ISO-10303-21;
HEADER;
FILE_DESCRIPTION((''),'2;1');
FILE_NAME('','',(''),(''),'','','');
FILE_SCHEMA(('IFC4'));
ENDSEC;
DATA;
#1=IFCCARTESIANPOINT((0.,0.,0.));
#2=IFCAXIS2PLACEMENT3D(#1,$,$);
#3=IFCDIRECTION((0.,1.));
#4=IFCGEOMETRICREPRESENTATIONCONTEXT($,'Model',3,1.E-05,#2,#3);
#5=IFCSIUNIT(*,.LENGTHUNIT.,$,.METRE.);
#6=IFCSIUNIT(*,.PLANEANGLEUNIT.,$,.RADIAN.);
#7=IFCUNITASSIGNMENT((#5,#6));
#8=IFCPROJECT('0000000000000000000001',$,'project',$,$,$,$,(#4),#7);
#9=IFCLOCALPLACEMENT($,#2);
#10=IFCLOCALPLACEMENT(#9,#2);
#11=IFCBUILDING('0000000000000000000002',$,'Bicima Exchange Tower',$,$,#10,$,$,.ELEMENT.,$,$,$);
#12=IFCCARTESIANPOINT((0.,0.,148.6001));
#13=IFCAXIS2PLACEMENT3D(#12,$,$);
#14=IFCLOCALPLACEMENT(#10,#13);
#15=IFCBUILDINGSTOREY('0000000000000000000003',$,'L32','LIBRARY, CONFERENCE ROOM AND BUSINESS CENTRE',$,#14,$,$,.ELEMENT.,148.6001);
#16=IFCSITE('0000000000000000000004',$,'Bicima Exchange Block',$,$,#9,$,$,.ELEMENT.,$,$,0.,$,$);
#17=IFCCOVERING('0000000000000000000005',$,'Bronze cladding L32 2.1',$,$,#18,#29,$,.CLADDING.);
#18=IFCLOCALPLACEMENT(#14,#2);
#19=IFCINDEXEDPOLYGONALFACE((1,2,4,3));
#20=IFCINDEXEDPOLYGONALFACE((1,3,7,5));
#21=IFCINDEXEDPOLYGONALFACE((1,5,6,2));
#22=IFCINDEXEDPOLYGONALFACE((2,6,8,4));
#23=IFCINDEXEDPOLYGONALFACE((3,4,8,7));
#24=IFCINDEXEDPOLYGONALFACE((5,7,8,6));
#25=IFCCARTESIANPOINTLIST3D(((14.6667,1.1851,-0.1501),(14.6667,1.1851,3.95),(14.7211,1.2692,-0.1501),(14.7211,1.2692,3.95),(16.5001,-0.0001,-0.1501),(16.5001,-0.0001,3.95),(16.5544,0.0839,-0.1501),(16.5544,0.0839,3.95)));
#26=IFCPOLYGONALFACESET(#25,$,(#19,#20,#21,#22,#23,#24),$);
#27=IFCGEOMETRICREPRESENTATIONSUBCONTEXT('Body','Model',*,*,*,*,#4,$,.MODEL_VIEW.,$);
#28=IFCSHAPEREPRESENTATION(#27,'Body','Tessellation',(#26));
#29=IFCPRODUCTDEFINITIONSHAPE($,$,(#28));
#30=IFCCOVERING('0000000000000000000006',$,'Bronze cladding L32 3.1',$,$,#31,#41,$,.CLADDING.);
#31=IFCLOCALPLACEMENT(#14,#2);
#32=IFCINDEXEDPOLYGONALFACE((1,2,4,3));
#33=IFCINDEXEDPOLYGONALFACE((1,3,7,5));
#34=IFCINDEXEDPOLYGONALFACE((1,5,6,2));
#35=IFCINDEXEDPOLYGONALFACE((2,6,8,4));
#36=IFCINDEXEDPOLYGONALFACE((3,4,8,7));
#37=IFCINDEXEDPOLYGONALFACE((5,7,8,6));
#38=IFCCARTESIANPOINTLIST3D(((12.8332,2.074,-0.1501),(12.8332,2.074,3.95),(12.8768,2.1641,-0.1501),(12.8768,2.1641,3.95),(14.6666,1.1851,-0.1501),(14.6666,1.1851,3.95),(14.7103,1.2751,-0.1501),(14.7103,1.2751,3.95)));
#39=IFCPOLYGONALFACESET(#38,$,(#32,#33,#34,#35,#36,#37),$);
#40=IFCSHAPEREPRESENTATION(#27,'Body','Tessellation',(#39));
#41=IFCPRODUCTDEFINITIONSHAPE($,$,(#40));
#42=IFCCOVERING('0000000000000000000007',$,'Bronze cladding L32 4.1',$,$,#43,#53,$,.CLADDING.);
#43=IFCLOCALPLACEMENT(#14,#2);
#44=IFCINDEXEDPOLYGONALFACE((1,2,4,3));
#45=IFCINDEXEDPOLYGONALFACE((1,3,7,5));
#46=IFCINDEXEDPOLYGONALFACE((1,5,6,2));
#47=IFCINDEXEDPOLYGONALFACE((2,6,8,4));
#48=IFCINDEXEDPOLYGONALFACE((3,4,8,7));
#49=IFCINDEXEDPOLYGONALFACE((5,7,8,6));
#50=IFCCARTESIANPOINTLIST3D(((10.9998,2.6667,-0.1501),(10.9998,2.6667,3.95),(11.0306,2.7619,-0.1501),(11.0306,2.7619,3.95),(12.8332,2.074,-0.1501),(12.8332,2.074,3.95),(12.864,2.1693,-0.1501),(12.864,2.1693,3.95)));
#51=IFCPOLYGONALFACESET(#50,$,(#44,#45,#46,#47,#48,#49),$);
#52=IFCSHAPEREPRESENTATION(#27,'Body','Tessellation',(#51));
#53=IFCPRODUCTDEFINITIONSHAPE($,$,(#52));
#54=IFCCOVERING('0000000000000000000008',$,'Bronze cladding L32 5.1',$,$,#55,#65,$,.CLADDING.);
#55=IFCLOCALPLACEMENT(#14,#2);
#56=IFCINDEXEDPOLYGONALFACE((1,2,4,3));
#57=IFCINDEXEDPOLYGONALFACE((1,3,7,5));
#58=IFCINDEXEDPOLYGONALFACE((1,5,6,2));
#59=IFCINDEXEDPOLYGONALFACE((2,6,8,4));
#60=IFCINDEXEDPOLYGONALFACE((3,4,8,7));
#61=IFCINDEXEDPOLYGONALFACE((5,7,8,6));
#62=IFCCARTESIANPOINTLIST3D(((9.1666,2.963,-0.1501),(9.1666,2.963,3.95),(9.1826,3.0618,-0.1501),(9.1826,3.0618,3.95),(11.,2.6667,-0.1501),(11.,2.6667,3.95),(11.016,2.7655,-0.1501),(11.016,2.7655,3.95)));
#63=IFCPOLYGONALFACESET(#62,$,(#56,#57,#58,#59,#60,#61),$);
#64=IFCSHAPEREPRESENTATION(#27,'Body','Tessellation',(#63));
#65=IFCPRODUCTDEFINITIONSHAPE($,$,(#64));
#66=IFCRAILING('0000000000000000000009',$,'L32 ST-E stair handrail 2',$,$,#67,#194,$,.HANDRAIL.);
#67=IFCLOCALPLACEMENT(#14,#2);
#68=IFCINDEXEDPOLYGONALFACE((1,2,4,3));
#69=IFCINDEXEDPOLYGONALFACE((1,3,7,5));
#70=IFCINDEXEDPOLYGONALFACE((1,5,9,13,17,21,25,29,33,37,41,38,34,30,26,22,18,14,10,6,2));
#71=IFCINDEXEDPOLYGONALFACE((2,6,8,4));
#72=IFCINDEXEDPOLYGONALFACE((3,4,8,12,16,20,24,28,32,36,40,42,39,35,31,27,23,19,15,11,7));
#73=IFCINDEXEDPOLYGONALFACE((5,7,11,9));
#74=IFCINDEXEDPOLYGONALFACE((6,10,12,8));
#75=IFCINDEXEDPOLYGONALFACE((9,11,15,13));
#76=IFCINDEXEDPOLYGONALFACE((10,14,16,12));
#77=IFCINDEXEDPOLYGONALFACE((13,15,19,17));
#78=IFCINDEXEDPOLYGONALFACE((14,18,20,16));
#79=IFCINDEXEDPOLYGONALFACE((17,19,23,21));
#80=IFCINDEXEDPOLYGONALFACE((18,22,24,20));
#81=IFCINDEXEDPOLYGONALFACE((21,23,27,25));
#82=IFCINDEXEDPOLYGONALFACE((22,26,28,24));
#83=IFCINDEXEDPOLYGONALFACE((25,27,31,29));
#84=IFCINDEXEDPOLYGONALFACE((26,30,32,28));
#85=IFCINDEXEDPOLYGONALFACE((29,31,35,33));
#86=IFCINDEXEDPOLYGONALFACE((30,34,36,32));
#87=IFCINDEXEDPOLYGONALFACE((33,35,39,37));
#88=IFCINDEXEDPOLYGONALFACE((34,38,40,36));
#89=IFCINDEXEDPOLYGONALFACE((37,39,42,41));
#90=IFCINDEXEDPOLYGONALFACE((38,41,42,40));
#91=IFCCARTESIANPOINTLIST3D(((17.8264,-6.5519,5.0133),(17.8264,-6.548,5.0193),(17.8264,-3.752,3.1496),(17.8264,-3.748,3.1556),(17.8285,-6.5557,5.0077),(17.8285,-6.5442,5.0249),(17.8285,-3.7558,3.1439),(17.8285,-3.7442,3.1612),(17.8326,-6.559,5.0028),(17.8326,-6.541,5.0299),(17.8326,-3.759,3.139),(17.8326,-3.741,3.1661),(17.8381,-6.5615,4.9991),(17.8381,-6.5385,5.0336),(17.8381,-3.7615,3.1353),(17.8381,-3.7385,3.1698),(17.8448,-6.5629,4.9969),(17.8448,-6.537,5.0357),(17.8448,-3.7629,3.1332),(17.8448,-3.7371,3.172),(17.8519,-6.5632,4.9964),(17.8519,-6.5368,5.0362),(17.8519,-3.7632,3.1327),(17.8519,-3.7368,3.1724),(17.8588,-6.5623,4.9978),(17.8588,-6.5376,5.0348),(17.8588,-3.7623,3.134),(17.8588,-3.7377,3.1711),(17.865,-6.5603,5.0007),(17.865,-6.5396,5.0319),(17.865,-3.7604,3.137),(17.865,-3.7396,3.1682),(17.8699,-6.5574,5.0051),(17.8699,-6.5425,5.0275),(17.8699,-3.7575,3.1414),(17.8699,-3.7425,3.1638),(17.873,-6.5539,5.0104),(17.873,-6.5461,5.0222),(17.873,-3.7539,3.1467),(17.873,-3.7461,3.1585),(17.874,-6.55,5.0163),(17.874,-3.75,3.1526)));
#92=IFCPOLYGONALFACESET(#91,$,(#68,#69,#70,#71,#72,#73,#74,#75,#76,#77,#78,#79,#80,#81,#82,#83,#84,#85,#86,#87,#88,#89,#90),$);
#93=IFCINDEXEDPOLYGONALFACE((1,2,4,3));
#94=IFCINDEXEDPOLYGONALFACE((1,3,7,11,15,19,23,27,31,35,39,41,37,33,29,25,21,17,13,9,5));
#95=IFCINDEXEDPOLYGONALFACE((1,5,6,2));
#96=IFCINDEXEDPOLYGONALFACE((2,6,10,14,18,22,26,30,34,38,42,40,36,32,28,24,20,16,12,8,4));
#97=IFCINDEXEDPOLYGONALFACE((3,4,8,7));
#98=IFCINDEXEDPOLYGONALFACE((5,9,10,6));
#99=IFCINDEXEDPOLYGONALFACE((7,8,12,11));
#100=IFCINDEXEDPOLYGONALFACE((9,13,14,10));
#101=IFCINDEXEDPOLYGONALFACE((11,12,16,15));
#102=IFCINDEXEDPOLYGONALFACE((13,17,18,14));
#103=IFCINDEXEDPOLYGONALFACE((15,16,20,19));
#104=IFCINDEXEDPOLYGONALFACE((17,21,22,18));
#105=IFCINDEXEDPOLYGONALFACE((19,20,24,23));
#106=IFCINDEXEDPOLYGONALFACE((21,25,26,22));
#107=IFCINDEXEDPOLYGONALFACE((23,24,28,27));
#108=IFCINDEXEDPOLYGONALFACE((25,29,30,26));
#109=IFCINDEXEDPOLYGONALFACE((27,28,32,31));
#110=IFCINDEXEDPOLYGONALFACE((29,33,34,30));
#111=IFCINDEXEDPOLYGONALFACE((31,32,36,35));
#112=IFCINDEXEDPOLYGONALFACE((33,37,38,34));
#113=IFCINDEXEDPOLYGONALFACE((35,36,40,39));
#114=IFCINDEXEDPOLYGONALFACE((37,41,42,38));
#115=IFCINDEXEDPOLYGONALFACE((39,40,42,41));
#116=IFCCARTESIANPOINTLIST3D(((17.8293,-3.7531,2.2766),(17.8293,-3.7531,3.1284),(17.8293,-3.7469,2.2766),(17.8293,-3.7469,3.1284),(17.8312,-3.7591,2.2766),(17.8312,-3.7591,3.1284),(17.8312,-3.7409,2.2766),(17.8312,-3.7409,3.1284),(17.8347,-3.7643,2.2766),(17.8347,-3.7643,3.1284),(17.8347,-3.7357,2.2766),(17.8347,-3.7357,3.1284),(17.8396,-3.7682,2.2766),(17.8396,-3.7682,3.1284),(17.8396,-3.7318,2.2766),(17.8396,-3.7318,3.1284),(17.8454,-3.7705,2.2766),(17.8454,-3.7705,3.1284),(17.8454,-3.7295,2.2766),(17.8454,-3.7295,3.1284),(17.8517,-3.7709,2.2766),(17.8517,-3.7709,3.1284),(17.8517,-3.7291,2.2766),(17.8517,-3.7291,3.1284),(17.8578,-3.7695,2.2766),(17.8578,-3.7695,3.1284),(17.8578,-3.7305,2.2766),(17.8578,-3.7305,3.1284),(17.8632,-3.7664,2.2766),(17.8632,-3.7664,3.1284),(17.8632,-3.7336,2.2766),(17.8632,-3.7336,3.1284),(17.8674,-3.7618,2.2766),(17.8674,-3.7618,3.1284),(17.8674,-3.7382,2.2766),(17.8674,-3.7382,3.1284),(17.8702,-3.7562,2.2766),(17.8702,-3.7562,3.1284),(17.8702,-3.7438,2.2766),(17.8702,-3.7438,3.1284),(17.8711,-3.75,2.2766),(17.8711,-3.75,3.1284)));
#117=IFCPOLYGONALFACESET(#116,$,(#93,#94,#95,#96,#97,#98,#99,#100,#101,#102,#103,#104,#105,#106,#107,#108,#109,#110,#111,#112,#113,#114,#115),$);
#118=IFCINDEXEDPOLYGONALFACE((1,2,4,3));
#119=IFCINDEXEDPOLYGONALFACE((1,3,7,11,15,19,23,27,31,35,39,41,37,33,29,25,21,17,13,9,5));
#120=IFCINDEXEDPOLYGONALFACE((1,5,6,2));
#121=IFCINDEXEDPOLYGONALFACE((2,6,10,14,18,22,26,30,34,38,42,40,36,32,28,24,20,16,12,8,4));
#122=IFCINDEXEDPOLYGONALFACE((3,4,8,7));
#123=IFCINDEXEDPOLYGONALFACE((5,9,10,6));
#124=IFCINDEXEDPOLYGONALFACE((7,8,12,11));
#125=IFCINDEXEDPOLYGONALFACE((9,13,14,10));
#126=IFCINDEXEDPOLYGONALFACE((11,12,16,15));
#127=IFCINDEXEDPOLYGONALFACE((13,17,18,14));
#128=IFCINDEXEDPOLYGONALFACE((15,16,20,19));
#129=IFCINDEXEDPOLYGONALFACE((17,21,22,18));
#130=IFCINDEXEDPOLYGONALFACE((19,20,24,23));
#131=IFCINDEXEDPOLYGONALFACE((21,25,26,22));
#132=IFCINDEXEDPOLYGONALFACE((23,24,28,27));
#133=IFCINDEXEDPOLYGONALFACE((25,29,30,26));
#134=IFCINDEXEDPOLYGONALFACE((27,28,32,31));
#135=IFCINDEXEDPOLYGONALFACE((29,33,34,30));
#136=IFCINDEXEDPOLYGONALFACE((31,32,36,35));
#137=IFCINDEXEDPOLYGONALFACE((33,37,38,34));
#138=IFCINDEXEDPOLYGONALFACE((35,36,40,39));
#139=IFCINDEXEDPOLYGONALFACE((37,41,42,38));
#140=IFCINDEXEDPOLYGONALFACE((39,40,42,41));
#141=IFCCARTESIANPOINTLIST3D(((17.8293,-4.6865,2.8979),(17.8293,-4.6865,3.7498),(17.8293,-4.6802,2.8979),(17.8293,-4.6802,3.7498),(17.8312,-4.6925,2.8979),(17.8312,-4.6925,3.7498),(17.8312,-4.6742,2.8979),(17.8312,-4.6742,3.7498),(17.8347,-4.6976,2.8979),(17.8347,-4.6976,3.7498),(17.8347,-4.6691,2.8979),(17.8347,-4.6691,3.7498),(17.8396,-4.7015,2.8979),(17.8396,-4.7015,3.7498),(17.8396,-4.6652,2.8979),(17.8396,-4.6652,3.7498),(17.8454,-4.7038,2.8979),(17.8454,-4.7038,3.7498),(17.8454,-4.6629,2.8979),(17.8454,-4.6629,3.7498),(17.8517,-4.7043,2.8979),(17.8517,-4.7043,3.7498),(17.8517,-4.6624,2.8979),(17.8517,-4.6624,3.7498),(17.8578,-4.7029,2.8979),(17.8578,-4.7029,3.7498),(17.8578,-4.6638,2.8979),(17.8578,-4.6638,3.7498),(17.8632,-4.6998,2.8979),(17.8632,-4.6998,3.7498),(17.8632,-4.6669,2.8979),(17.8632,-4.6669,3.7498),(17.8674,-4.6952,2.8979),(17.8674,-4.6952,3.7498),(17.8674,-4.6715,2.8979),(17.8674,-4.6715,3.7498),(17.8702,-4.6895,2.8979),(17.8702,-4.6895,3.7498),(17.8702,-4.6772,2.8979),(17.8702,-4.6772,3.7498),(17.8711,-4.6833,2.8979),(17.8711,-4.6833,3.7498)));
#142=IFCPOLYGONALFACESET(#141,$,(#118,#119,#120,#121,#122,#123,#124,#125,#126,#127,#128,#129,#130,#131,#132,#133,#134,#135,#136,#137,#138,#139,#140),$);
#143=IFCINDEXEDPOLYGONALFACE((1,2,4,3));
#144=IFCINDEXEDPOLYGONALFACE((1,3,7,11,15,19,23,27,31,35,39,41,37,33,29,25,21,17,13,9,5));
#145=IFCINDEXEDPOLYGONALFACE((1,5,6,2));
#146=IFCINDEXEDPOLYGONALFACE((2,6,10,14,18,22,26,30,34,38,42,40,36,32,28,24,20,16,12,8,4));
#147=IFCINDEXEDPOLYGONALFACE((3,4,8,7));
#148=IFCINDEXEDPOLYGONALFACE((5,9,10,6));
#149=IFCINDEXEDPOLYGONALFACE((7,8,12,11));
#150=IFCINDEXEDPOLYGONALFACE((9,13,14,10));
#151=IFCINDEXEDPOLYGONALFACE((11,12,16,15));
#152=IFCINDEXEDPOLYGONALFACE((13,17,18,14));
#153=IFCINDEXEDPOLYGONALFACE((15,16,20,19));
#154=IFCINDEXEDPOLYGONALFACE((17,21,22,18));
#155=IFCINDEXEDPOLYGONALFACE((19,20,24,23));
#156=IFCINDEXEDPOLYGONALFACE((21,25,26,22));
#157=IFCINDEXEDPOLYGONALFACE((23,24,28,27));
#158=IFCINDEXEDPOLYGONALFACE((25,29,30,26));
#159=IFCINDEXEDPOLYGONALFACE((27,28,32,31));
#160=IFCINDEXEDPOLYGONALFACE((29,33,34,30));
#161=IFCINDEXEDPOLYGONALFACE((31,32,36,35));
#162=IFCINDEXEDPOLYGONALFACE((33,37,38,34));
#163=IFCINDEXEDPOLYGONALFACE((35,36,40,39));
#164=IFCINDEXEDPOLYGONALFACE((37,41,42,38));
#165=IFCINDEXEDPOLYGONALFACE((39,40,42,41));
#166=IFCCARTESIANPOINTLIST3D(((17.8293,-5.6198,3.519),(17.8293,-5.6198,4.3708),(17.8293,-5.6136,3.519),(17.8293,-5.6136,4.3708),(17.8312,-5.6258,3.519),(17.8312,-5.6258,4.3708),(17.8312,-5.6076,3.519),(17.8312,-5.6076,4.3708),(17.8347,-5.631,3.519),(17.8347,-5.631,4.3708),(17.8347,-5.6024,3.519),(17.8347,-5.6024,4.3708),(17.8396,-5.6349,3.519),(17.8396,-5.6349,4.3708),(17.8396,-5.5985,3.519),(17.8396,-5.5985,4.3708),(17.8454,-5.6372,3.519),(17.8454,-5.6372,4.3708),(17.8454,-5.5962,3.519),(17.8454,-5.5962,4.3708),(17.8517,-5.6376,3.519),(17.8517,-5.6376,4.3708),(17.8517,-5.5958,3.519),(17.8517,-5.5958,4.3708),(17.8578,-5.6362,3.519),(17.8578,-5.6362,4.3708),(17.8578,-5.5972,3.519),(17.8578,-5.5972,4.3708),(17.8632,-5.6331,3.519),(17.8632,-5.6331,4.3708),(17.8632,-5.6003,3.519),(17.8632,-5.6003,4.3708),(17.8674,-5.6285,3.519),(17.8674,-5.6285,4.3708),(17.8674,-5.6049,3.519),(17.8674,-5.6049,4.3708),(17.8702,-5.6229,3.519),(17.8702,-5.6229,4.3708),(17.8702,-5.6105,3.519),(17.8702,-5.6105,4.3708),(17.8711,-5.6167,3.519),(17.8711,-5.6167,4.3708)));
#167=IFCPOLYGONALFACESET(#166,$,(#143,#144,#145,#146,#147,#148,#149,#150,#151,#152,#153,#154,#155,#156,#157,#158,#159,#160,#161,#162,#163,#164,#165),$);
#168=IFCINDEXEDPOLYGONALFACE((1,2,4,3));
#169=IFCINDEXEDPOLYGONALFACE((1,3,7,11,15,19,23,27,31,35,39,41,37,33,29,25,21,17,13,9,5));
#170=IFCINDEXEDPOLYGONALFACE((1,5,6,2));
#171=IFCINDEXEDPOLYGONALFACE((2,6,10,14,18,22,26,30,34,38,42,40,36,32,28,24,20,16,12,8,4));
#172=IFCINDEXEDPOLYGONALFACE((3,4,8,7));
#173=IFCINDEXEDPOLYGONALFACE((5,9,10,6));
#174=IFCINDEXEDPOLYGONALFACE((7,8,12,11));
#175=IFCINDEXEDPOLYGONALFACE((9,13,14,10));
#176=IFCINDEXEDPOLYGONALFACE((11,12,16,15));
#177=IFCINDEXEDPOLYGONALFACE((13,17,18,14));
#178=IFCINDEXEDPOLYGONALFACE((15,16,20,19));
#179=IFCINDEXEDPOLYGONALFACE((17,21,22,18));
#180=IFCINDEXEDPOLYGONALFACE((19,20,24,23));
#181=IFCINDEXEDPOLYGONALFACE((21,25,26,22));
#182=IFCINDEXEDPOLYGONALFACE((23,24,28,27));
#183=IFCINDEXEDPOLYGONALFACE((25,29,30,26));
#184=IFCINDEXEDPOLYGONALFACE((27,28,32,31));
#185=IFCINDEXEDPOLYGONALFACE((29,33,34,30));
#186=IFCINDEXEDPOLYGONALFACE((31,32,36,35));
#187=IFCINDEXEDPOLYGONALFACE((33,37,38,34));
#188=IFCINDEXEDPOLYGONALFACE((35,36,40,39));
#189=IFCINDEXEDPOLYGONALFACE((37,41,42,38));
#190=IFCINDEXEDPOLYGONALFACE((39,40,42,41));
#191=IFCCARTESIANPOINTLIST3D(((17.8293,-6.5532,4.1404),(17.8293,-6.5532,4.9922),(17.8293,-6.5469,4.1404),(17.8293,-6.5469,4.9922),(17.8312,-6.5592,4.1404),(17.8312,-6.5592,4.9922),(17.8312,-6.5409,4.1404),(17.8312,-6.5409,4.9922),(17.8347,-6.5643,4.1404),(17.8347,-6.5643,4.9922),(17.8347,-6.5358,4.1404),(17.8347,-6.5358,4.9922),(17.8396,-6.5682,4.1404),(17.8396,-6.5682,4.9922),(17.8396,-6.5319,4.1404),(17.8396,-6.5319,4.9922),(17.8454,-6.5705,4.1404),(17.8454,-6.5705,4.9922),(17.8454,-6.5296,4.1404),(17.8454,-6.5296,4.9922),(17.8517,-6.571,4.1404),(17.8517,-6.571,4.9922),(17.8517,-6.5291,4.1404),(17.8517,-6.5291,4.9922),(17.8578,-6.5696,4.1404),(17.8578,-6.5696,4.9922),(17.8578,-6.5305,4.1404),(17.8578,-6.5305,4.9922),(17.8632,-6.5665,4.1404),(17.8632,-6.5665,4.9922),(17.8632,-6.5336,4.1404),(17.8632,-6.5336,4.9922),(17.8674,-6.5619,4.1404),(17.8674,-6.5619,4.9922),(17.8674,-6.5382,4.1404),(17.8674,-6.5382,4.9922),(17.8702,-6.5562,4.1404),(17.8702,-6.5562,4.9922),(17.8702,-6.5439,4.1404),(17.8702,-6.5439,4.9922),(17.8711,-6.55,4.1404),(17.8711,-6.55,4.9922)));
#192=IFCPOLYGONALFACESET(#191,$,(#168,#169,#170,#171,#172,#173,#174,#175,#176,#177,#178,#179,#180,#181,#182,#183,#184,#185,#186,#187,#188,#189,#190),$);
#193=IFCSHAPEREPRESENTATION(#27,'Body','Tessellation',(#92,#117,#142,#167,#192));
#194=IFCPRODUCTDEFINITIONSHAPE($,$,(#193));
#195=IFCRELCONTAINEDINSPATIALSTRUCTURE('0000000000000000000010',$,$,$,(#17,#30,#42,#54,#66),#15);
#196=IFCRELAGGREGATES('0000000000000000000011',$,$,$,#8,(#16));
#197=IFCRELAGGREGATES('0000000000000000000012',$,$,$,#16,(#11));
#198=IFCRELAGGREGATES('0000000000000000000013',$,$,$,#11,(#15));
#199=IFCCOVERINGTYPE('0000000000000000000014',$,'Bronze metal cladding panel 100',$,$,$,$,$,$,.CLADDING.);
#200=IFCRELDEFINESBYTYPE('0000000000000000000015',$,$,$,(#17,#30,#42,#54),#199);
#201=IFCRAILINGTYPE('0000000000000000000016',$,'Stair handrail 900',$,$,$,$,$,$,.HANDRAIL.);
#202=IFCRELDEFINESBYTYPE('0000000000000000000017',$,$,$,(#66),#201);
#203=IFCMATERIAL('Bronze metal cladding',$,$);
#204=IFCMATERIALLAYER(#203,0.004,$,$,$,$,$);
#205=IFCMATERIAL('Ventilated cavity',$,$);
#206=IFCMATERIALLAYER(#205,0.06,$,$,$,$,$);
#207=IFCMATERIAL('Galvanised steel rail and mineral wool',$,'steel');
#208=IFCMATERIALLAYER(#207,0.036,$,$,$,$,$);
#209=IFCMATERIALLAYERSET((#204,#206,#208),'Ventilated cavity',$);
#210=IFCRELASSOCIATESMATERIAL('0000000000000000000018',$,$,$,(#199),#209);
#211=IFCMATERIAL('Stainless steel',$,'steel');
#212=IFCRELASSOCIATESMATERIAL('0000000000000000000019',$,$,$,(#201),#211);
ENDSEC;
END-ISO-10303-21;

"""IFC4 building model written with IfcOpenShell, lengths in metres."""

from ifc_helpers import new_model, si_unit, direction, frame, origin, origin_2d, place, context, subcontext, project, spatial, rectangle, circle, extrude, material, layer, layer_set, type_object, element, save


model = new_model("IFC4")

# Units and contexts
model_context = context("Model", 3, precision=1e-05, world=origin(), true_north=direction((0.0, 1.0)))
body_context = subcontext(model_context, "Body", "Model", "MODEL_VIEW")
ifc_project = project(units=[si_unit("LENGTHUNIT", "METRE"), si_unit("PLANEANGLEUNIT", "RADIAN")], contexts=[model_context])

# Site, building, storey
site_placement = place(None, origin())
site = spatial("IfcSite", under=ifc_project, at=site_placement, Name="Bicima Exchange Block", CompositionType="ELEMENT", RefElevation=0.0)
building_placement = place(site_placement, origin())
building = spatial("IfcBuilding", under=site, at=building_placement, Name="Bicima Exchange Tower", CompositionType="ELEMENT")
storey_placement = place(building_placement, frame((0.0, 0.0, 148.6001)))
storey = spatial("IfcBuildingStorey", under=building, at=storey_placement, Name="L32", Description="LIBRARY, CONFERENCE ROOM AND BUSINESS CENTRE", CompositionType="ELEMENT", Elevation=148.6001)

# Shared definitions
ifc_material_1 = material(Name="Stainless steel", Category="steel")

# Coverings
ifc_material_2 = material(Name="Bronze metal cladding")
ifc_layer_1 = layer(ifc_material_2, 0.004)
ifc_material_3 = material(Name="Ventilated cavity")
ifc_layer_2 = layer(ifc_material_3, 0.06)
ifc_material_4 = material(Name="Galvanised steel rail and mineral wool", Category="steel")
ifc_layer_3 = layer(ifc_material_4, 0.036)
ifc_layer_set_1 = layer_set([ifc_layer_1, ifc_layer_2, ifc_layer_3], Name="Ventilated cavity")
covering_type = type_object("IfcCoveringType", Name="Bronze metal cladding panel 100", PredefinedType="CLADDING", material=ifc_layer_set_1)
covering_1_placement = place(storey_placement, frame((15.6106, 0.6345, -0.1501), z_axis=(0.0, 0.0, 1.0), x_axis=(-0.83979, 0.542911, 0.0)))
element("IfcCovering", 1, at=covering_1_placement, inside=storey, type_object=covering_type, Name="Bronze cladding L32 2.1", PredefinedType="CLADDING", context=body_context, shape_type="SweptSolid", body=[
    extrude(rectangle(XDim=2.1831, YDim=0.1001, at=origin_2d()), origin(), (0.0, 0.0, 1.0), 4.1001),
])
covering_2_placement = place(storey_placement, frame((13.7717, 1.6746, -0.1501), z_axis=(0.0, 0.0, 1.0), x_axis=(-0.899818, 0.436265, 0.0)))
element("IfcCovering", 2, at=covering_2_placement, inside=storey, type_object=covering_type, Name="Bronze cladding L32 3.1", PredefinedType="CLADDING", context=body_context, shape_type="SweptSolid", body=[
    extrude(rectangle(XDim=2.0376, YDim=0.1001, at=origin_2d()), origin(), (0.0, 0.0, 1.0), 4.1001),
])
covering_3_placement = place(storey_placement, frame((11.9319, 2.418, -0.1501), z_axis=(0.0, 0.0, 1.0), x_axis=(-0.951525, 0.307573, 0.0)))
element("IfcCovering", 3, at=covering_3_placement, inside=storey, type_object=covering_type, Name="Bronze cladding L32 4.1", PredefinedType="CLADDING", context=body_context, shape_type="SweptSolid", body=[
    extrude(rectangle(XDim=1.9268, YDim=0.1001, at=origin_2d()), origin(), (0.0, 0.0, 1.0), 4.1001),
])
covering_4_placement = place(storey_placement, frame((10.0913, 2.8643, -0.1501), z_axis=(0.0, 0.0, 1.0), x_axis=(-0.98719, 0.15955, 0.0)))
element("IfcCovering", 4, at=covering_4_placement, inside=storey, type_object=covering_type, Name="Bronze cladding L32 5.1", PredefinedType="CLADDING", context=body_context, shape_type="SweptSolid", body=[
    extrude(rectangle(XDim=1.8572, YDim=0.1001, at=origin_2d()), origin(), (0.0, 0.0, 1.0), 4.1001),
])

# Railing
railing_type = type_object("IfcRailingType", Name="Stair handrail 900", PredefinedType="HANDRAIL", material=ifc_material_1)
railing_placement = place(storey_placement, frame((17.8501, -3.75, 2.2766)))
element("IfcRailing", 5, at=railing_placement, inside=storey, type_object=railing_type, Name="L32 ST-E stair handrail 2", PredefinedType="HANDRAIL", context=body_context, shape_type="SweptSolid", body=[
    extrude(circle(Radius=0.0239, at=origin_2d()), frame((0.0, 0.0, 0.876), z_axis=(0.0, -0.832452, 0.554097), x_axis=(1.0, 0.0, 0.0)), (0.0, 0.0, 1.0), 3.3635),
    extrude(circle(Radius=0.021, at=origin_2d()), origin(), (0.0, 0.0, 1.0), 0.8518),
    extrude(circle(Radius=0.021, at=origin_2d()), frame((0.0, -0.9333, 0.6213)), (0.0, 0.0, 1.0), 0.8518),
    extrude(circle(Radius=0.021, at=origin_2d()), frame((0.0, -1.8667, 1.2424)), (0.0, 0.0, 1.0), 0.8518),
    extrude(circle(Radius=0.021, at=origin_2d()), frame((0.0, -2.8, 1.8638)), (0.0, 0.0, 1.0), 0.8518),
])

save(model, "model.ifc")
